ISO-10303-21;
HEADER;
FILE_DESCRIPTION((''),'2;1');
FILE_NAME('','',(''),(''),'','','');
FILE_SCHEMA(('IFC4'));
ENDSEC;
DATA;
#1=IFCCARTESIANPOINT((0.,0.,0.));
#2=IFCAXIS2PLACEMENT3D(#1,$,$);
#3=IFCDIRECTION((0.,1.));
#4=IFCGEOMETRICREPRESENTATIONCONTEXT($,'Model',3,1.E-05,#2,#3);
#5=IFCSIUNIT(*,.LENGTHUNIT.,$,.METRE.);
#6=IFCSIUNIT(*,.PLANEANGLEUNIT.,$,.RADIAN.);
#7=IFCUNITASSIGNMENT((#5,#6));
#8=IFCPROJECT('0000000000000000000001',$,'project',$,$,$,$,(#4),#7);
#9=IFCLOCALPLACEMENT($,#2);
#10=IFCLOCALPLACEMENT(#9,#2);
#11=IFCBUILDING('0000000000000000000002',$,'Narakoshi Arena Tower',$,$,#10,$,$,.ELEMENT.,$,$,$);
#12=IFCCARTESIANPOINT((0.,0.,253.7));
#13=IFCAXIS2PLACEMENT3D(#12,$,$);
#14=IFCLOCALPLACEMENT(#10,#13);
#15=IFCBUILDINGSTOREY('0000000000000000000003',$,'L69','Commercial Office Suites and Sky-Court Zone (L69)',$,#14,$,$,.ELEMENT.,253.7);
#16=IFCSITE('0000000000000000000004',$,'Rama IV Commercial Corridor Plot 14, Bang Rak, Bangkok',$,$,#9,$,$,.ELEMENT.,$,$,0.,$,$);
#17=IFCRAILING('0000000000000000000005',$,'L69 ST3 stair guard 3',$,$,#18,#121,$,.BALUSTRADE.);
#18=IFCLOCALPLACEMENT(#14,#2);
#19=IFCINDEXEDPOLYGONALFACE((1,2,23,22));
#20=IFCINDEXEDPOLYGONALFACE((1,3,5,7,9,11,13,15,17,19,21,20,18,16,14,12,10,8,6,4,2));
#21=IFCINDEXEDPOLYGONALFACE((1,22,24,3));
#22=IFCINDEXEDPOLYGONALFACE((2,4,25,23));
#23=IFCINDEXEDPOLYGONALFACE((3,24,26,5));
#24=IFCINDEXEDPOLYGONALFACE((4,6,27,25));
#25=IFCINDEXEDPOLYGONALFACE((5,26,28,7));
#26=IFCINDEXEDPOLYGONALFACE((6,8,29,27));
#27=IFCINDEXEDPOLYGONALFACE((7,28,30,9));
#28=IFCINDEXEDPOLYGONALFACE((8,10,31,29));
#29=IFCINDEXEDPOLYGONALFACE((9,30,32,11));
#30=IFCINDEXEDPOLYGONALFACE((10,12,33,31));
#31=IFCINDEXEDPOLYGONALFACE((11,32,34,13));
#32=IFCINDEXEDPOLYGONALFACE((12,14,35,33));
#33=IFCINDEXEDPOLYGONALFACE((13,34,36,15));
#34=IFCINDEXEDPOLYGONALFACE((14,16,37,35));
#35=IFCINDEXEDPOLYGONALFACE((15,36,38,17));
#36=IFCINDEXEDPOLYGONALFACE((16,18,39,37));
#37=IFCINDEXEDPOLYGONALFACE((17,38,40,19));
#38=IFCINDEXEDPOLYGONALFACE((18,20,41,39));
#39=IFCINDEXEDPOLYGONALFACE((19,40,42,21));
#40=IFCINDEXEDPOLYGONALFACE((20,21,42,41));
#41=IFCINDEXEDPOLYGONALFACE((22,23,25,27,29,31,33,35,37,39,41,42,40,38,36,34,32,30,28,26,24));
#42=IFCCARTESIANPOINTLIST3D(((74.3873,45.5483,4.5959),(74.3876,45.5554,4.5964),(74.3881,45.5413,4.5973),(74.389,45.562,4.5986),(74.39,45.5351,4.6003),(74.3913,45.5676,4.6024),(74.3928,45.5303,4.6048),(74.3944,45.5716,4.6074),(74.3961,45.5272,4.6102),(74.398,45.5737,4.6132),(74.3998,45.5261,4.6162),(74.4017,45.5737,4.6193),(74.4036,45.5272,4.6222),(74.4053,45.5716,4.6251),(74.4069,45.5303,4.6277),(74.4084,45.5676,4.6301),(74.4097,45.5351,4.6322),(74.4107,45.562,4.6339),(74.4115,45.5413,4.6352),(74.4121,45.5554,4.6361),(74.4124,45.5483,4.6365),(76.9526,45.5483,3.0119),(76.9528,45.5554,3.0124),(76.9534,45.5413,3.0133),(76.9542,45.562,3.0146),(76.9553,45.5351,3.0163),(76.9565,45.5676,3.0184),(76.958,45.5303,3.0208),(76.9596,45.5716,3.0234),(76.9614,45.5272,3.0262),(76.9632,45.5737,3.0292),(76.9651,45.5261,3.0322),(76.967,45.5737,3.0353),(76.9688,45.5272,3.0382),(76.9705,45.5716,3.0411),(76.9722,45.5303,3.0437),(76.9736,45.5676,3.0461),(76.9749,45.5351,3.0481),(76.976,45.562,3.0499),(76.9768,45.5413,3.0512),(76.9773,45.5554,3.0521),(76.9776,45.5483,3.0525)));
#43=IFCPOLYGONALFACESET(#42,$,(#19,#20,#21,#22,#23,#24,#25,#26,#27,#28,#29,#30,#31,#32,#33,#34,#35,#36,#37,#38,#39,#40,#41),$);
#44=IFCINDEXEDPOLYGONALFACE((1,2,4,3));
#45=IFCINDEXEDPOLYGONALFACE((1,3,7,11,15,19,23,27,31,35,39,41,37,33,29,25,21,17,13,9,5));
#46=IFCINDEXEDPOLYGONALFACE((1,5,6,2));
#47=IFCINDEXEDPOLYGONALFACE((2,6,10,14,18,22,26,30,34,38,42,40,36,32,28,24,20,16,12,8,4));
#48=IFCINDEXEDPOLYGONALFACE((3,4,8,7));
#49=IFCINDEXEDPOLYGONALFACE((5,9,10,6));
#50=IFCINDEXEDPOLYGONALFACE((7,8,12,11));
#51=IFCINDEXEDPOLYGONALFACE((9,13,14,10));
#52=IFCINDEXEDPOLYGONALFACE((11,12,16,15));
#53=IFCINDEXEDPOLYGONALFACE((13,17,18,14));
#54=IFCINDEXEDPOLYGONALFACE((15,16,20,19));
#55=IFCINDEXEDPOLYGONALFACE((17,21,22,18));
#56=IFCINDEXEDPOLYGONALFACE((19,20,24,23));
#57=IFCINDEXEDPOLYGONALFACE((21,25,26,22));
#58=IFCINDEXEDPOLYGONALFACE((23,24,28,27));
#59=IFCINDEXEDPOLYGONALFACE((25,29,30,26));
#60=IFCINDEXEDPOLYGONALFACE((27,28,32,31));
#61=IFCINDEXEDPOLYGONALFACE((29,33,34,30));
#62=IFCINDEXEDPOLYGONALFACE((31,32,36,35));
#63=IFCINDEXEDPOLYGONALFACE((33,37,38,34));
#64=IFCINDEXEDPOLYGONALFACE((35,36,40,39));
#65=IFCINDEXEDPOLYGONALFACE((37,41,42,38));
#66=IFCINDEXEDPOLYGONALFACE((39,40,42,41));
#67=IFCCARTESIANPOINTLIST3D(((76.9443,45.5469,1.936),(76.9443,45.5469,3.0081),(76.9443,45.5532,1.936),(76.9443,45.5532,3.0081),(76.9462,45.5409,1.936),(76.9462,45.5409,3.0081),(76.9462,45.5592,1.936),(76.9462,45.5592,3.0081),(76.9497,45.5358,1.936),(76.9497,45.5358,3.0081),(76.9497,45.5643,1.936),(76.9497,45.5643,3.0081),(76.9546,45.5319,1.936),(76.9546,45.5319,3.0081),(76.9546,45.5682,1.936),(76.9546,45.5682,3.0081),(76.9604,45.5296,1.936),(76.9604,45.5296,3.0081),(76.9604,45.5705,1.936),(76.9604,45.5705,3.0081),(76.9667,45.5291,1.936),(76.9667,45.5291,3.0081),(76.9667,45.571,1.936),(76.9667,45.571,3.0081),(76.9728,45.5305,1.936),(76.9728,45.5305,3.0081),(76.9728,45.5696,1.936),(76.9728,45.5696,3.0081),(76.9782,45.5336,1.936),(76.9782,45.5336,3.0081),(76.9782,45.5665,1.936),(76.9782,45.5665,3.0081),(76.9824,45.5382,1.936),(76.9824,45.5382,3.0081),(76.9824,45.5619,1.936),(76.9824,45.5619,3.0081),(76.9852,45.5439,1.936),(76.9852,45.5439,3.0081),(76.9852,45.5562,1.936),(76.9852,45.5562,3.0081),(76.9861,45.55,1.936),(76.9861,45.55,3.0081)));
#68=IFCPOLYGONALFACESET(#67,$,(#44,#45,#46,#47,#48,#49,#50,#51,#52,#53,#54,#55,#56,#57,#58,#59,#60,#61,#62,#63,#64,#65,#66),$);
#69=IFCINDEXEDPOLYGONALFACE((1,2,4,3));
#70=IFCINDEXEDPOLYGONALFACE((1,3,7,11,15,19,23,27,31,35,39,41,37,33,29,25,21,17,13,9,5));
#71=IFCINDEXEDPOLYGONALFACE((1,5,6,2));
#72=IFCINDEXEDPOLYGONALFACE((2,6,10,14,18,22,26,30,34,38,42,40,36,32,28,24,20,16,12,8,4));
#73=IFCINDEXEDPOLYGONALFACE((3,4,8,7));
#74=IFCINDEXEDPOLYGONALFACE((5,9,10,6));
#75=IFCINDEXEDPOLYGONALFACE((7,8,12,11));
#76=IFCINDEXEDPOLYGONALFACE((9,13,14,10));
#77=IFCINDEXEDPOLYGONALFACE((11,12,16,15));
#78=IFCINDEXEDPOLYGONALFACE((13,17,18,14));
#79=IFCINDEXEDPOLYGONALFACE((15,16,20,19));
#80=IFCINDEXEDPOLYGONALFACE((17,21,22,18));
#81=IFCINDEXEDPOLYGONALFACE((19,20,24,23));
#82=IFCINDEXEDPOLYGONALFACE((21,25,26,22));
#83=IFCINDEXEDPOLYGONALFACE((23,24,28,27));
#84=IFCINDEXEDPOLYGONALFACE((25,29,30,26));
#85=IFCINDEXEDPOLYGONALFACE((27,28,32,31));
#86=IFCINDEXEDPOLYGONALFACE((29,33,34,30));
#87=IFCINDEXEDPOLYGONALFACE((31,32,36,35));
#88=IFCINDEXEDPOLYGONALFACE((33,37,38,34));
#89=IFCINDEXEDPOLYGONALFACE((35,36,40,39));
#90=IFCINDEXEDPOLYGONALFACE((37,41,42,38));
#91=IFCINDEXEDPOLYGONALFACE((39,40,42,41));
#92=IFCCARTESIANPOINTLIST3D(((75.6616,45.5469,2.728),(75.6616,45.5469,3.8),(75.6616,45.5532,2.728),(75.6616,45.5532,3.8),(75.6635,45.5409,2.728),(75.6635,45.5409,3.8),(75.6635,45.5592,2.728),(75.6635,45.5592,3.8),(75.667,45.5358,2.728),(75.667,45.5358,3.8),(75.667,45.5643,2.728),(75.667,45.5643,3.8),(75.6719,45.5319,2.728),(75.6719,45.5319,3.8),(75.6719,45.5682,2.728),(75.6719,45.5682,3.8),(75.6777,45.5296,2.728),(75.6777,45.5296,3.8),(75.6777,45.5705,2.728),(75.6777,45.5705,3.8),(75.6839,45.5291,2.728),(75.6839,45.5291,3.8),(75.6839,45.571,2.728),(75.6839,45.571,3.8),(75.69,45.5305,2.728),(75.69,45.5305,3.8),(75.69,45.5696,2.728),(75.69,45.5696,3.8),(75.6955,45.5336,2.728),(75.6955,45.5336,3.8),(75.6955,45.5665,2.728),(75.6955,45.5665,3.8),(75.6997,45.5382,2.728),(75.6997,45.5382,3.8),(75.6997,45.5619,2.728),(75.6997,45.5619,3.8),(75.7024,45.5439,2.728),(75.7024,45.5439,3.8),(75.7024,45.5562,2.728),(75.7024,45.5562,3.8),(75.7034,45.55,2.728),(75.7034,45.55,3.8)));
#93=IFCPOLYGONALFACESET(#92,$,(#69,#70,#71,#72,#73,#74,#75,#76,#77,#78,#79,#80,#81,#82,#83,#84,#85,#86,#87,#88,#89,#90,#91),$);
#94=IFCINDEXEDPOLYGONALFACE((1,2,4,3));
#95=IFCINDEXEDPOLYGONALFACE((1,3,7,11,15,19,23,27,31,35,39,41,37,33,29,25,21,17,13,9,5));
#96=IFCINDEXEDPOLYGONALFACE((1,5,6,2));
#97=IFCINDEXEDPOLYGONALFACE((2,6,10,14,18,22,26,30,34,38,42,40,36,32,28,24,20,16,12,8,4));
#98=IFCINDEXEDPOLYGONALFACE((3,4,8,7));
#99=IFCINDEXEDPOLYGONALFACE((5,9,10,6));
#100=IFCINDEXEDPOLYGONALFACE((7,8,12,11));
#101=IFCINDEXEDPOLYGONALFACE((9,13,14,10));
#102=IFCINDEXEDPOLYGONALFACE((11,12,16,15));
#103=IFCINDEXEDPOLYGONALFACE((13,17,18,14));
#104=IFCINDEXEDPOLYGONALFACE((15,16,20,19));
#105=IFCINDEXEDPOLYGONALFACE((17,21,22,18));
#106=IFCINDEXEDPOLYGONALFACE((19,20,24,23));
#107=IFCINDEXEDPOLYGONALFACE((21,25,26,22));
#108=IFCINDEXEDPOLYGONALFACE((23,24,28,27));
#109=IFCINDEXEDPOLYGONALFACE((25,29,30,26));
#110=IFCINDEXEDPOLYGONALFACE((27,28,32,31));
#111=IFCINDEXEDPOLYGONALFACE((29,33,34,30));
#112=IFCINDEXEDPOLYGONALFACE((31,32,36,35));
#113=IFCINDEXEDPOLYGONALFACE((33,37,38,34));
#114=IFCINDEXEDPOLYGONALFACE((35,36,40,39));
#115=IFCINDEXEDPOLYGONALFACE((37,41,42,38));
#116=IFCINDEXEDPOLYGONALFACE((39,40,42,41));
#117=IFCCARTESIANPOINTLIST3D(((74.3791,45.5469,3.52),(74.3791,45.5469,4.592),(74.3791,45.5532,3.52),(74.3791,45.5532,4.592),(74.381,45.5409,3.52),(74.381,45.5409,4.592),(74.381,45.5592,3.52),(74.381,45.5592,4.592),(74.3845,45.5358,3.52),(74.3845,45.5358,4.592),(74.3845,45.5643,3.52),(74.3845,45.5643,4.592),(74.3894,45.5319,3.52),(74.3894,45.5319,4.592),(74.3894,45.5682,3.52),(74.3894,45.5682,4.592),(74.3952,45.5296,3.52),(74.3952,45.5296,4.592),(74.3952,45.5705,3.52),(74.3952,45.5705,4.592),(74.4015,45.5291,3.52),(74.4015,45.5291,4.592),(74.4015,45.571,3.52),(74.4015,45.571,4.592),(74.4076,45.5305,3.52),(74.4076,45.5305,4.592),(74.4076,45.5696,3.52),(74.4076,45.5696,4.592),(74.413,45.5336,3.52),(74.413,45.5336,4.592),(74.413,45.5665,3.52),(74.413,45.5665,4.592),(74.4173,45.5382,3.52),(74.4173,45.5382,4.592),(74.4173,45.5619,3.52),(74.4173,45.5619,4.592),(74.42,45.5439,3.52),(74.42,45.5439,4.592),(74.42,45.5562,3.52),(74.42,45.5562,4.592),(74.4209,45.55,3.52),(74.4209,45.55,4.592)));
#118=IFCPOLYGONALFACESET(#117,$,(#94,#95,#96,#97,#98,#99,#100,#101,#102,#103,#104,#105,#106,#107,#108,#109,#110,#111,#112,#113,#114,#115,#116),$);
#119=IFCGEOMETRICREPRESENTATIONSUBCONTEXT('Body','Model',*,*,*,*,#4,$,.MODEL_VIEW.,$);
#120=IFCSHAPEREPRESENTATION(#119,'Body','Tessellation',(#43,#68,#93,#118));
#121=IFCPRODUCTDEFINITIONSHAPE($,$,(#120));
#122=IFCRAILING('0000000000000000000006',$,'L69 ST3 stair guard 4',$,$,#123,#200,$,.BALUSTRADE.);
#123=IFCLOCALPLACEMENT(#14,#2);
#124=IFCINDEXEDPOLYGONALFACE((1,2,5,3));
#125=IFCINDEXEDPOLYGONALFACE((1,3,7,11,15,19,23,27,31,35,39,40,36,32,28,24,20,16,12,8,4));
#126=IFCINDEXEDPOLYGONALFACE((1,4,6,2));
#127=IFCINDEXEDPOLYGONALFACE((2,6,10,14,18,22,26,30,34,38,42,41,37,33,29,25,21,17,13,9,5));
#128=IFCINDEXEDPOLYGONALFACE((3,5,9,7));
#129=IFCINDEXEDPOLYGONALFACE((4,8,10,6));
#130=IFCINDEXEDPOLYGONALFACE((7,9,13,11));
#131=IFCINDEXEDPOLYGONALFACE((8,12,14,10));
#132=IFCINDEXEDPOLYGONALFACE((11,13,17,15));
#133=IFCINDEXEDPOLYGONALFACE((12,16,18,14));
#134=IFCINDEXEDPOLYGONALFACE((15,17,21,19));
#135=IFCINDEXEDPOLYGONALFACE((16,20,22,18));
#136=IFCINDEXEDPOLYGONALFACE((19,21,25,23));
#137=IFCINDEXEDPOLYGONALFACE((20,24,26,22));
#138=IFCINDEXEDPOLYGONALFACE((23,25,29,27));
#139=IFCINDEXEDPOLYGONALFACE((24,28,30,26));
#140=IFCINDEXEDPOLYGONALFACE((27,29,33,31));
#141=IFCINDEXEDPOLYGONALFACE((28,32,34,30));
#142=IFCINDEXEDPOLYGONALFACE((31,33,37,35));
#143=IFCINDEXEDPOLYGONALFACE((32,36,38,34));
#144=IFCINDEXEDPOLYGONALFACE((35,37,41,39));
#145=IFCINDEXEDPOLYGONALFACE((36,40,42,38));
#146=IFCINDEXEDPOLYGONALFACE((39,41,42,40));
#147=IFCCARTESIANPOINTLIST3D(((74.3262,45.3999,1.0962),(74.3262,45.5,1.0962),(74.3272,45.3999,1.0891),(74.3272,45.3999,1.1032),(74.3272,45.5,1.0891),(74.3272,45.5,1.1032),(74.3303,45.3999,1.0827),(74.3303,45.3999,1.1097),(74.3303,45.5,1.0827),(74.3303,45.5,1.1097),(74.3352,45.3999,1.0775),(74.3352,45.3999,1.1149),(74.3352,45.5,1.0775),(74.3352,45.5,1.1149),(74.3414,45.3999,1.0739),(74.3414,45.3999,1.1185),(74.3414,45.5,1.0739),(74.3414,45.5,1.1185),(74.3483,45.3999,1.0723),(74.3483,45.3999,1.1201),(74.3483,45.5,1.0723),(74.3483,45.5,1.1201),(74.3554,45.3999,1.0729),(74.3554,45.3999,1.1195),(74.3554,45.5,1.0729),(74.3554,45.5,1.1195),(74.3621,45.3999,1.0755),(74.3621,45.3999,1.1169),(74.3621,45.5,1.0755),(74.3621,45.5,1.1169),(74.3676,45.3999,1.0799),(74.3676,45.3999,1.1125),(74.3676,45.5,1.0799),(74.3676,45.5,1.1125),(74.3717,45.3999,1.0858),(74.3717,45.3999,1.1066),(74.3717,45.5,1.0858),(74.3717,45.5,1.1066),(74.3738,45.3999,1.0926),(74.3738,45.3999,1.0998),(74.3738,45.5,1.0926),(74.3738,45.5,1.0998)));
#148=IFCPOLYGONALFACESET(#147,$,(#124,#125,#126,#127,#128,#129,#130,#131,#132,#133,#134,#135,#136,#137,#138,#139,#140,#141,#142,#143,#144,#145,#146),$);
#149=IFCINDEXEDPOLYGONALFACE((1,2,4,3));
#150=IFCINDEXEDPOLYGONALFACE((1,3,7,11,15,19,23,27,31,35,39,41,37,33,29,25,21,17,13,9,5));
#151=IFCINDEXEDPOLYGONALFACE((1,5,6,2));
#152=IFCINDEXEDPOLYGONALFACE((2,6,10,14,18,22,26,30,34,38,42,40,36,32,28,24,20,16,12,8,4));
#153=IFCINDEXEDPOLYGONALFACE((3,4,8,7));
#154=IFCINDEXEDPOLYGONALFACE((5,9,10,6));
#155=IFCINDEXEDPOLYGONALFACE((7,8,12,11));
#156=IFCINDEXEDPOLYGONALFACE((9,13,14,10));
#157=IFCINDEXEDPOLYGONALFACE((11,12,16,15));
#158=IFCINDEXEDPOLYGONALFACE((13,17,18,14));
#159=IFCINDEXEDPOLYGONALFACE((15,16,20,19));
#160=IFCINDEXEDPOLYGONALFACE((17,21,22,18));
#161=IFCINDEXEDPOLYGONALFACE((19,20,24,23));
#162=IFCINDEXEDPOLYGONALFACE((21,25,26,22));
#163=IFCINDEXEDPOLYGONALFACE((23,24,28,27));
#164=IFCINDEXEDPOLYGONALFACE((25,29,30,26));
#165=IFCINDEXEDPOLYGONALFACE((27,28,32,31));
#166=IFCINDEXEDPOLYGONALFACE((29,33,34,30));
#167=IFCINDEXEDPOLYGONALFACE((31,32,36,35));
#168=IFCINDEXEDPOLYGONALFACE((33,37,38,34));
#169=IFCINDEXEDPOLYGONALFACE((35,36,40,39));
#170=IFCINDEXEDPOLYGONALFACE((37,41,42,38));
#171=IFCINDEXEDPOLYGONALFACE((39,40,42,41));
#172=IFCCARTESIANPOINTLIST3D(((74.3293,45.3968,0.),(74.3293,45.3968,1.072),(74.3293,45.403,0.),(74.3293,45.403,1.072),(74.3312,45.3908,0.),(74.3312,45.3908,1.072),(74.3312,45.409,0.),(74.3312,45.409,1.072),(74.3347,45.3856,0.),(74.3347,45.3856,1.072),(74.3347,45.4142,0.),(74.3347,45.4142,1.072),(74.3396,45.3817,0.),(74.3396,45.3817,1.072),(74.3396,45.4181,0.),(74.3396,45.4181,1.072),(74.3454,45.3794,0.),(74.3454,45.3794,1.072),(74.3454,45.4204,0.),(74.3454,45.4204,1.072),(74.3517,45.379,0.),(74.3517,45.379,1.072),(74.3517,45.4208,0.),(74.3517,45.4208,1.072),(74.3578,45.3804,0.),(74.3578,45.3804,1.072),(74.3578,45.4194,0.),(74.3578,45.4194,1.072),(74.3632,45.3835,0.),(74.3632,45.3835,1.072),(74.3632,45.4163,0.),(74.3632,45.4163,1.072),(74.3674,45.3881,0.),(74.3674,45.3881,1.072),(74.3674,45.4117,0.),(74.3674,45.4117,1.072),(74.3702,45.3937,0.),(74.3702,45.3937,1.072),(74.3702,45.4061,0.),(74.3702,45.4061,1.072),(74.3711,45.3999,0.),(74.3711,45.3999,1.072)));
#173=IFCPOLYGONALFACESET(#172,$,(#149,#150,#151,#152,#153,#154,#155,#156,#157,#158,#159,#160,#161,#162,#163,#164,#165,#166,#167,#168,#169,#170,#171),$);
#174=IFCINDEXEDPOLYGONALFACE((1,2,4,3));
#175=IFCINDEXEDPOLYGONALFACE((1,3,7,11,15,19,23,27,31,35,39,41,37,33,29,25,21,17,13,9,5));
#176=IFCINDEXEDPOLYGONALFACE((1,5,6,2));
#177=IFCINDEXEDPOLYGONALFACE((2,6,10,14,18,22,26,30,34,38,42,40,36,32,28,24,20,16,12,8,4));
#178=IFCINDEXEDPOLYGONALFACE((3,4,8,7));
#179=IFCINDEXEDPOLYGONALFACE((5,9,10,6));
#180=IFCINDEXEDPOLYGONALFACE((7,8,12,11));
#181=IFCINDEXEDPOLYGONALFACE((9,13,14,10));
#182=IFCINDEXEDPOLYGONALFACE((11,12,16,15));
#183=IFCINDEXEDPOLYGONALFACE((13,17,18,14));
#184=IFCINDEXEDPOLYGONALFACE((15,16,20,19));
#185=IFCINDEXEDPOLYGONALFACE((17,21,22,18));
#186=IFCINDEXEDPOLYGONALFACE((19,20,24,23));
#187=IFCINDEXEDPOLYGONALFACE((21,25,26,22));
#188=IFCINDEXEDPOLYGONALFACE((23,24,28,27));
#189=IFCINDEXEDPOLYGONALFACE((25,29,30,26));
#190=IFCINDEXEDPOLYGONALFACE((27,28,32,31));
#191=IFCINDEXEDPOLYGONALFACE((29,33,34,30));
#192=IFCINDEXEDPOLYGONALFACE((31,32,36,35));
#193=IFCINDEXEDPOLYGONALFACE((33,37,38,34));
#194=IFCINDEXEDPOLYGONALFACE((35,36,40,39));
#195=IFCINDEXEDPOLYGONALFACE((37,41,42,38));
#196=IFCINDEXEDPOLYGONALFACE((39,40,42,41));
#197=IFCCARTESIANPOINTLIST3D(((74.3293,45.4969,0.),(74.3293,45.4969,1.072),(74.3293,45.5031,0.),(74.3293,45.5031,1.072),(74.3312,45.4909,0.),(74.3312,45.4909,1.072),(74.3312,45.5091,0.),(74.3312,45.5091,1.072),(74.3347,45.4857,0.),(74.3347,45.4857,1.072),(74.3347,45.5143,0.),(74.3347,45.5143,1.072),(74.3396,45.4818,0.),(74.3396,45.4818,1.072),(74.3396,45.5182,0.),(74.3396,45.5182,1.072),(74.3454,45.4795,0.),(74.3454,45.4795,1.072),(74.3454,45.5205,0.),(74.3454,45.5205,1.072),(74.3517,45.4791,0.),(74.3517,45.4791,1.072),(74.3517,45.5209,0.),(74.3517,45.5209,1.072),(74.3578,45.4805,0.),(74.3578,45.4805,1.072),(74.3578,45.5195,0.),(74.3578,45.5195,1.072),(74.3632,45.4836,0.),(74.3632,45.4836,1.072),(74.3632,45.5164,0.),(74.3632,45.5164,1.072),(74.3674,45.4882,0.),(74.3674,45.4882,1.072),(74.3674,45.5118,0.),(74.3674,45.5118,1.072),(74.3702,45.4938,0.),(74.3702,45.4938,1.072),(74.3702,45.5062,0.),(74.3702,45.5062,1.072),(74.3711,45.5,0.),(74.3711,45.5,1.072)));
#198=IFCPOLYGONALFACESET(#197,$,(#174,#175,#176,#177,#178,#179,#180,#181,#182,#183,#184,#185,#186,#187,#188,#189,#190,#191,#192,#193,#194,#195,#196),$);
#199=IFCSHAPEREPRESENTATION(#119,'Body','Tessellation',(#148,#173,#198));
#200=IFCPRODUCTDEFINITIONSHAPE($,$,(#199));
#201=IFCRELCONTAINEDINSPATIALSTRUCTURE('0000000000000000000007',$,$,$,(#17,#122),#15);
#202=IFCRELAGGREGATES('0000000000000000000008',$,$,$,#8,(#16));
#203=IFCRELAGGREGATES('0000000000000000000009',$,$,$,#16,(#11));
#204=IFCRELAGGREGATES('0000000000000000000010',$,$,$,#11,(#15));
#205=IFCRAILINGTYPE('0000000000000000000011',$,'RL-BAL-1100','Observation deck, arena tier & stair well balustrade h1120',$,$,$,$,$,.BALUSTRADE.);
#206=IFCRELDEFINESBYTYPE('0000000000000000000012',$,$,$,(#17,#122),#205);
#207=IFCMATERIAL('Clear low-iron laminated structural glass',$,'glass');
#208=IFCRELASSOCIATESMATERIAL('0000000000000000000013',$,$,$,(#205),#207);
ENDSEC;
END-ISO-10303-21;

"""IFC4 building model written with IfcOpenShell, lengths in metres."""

from ifc_helpers import new_model, si_unit, direction, frame, origin, origin_2d, place, context, subcontext, project, spatial, circle, extrude, material, type_object, element, save


model = new_model("IFC4")

# Units and contexts
model_context = context("Model", 3, precision=1e-05, world=origin(), true_north=direction((0.0, 1.0)))
body_context = subcontext(model_context, "Body", "Model", "MODEL_VIEW")
ifc_project = project(units=[si_unit("LENGTHUNIT", "METRE"), si_unit("PLANEANGLEUNIT", "RADIAN")], contexts=[model_context])

# Site, building, storey
site_placement = place(None, origin())
site = spatial("IfcSite", under=ifc_project, at=site_placement, Name="Rama IV Commercial Corridor Plot 14, Bang Rak, Bangkok", CompositionType="ELEMENT", RefElevation=0.0)
building_placement = place(site_placement, origin())
building = spatial("IfcBuilding", under=site, at=building_placement, Name="Narakoshi Arena Tower", CompositionType="ELEMENT")
storey_placement = place(building_placement, frame((0.0, 0.0, 253.7)))
storey = spatial("IfcBuildingStorey", under=building, at=storey_placement, Name="L69", Description="Commercial Office Suites and Sky-Court Zone (L69)", CompositionType="ELEMENT", Elevation=253.7)

# Railings
ifc_material_1 = material(Name="Clear low-iron laminated structural glass", Category="glass")
railing_type_1 = type_object("IfcRailingType", Name="RL-BAL-1100", Description="Observation deck, arena tier & stair well balustrade h1120", PredefinedType="BALUSTRADE", material=ifc_material_1)
railing_1_placement = place(storey_placement, frame((76.9651, 45.55, 1.936)))
element("IfcRailing", 1, at=railing_1_placement, inside=storey, type_object=railing_type_1, Name="L69 ST3 stair guard 3", PredefinedType="BALUSTRADE", context=body_context, shape_type="SweptSolid", body=[
    extrude(circle(Radius=0.0239, at=origin_2d()), frame((0.0, 0.0, 1.0962), z_axis=(-0.850857, 0.0, 0.525398), x_axis=(0.0, -1.0, 0.0)), (0.0, 0.0, 1.0), 3.0149),
    extrude(circle(Radius=0.021, at=origin_2d()), origin(), (0.0, 0.0, 1.0), 1.072),
    extrude(circle(Radius=0.021, at=origin_2d()), frame((-1.2827, 0.0, 0.792)), (0.0, 0.0, 1.0), 1.072),
    extrude(circle(Radius=0.021, at=origin_2d()), frame((-2.5652, 0.0, 1.584)), (0.0, 0.0, 1.0), 1.072),
])
railing_2_placement = place(storey_placement, frame((74.3501, 45.3999, 0.0)))
element("IfcRailing", 2, at=railing_2_placement, inside=storey, type_object=railing_type_1, Name="L69 ST3 stair guard 4", PredefinedType="BALUSTRADE", context=body_context, shape_type="SweptSolid", body=[
    extrude(circle(Radius=0.0239, at=origin_2d()), frame((0.0, 0.0, 1.0962), z_axis=(0.0, 1.0, 0.0), x_axis=(-1.0, 0.0, 0.0)), (0.0, 0.0, 1.0), 0.1001),
    extrude(circle(Radius=0.021, at=origin_2d()), origin(), (0.0, 0.0, 1.0), 1.072),
    extrude(circle(Radius=0.021, at=origin_2d()), frame((0.0, 0.1001, 0.0)), (0.0, 0.0, 1.0), 1.072),
])

save(model, "model.ifc")
